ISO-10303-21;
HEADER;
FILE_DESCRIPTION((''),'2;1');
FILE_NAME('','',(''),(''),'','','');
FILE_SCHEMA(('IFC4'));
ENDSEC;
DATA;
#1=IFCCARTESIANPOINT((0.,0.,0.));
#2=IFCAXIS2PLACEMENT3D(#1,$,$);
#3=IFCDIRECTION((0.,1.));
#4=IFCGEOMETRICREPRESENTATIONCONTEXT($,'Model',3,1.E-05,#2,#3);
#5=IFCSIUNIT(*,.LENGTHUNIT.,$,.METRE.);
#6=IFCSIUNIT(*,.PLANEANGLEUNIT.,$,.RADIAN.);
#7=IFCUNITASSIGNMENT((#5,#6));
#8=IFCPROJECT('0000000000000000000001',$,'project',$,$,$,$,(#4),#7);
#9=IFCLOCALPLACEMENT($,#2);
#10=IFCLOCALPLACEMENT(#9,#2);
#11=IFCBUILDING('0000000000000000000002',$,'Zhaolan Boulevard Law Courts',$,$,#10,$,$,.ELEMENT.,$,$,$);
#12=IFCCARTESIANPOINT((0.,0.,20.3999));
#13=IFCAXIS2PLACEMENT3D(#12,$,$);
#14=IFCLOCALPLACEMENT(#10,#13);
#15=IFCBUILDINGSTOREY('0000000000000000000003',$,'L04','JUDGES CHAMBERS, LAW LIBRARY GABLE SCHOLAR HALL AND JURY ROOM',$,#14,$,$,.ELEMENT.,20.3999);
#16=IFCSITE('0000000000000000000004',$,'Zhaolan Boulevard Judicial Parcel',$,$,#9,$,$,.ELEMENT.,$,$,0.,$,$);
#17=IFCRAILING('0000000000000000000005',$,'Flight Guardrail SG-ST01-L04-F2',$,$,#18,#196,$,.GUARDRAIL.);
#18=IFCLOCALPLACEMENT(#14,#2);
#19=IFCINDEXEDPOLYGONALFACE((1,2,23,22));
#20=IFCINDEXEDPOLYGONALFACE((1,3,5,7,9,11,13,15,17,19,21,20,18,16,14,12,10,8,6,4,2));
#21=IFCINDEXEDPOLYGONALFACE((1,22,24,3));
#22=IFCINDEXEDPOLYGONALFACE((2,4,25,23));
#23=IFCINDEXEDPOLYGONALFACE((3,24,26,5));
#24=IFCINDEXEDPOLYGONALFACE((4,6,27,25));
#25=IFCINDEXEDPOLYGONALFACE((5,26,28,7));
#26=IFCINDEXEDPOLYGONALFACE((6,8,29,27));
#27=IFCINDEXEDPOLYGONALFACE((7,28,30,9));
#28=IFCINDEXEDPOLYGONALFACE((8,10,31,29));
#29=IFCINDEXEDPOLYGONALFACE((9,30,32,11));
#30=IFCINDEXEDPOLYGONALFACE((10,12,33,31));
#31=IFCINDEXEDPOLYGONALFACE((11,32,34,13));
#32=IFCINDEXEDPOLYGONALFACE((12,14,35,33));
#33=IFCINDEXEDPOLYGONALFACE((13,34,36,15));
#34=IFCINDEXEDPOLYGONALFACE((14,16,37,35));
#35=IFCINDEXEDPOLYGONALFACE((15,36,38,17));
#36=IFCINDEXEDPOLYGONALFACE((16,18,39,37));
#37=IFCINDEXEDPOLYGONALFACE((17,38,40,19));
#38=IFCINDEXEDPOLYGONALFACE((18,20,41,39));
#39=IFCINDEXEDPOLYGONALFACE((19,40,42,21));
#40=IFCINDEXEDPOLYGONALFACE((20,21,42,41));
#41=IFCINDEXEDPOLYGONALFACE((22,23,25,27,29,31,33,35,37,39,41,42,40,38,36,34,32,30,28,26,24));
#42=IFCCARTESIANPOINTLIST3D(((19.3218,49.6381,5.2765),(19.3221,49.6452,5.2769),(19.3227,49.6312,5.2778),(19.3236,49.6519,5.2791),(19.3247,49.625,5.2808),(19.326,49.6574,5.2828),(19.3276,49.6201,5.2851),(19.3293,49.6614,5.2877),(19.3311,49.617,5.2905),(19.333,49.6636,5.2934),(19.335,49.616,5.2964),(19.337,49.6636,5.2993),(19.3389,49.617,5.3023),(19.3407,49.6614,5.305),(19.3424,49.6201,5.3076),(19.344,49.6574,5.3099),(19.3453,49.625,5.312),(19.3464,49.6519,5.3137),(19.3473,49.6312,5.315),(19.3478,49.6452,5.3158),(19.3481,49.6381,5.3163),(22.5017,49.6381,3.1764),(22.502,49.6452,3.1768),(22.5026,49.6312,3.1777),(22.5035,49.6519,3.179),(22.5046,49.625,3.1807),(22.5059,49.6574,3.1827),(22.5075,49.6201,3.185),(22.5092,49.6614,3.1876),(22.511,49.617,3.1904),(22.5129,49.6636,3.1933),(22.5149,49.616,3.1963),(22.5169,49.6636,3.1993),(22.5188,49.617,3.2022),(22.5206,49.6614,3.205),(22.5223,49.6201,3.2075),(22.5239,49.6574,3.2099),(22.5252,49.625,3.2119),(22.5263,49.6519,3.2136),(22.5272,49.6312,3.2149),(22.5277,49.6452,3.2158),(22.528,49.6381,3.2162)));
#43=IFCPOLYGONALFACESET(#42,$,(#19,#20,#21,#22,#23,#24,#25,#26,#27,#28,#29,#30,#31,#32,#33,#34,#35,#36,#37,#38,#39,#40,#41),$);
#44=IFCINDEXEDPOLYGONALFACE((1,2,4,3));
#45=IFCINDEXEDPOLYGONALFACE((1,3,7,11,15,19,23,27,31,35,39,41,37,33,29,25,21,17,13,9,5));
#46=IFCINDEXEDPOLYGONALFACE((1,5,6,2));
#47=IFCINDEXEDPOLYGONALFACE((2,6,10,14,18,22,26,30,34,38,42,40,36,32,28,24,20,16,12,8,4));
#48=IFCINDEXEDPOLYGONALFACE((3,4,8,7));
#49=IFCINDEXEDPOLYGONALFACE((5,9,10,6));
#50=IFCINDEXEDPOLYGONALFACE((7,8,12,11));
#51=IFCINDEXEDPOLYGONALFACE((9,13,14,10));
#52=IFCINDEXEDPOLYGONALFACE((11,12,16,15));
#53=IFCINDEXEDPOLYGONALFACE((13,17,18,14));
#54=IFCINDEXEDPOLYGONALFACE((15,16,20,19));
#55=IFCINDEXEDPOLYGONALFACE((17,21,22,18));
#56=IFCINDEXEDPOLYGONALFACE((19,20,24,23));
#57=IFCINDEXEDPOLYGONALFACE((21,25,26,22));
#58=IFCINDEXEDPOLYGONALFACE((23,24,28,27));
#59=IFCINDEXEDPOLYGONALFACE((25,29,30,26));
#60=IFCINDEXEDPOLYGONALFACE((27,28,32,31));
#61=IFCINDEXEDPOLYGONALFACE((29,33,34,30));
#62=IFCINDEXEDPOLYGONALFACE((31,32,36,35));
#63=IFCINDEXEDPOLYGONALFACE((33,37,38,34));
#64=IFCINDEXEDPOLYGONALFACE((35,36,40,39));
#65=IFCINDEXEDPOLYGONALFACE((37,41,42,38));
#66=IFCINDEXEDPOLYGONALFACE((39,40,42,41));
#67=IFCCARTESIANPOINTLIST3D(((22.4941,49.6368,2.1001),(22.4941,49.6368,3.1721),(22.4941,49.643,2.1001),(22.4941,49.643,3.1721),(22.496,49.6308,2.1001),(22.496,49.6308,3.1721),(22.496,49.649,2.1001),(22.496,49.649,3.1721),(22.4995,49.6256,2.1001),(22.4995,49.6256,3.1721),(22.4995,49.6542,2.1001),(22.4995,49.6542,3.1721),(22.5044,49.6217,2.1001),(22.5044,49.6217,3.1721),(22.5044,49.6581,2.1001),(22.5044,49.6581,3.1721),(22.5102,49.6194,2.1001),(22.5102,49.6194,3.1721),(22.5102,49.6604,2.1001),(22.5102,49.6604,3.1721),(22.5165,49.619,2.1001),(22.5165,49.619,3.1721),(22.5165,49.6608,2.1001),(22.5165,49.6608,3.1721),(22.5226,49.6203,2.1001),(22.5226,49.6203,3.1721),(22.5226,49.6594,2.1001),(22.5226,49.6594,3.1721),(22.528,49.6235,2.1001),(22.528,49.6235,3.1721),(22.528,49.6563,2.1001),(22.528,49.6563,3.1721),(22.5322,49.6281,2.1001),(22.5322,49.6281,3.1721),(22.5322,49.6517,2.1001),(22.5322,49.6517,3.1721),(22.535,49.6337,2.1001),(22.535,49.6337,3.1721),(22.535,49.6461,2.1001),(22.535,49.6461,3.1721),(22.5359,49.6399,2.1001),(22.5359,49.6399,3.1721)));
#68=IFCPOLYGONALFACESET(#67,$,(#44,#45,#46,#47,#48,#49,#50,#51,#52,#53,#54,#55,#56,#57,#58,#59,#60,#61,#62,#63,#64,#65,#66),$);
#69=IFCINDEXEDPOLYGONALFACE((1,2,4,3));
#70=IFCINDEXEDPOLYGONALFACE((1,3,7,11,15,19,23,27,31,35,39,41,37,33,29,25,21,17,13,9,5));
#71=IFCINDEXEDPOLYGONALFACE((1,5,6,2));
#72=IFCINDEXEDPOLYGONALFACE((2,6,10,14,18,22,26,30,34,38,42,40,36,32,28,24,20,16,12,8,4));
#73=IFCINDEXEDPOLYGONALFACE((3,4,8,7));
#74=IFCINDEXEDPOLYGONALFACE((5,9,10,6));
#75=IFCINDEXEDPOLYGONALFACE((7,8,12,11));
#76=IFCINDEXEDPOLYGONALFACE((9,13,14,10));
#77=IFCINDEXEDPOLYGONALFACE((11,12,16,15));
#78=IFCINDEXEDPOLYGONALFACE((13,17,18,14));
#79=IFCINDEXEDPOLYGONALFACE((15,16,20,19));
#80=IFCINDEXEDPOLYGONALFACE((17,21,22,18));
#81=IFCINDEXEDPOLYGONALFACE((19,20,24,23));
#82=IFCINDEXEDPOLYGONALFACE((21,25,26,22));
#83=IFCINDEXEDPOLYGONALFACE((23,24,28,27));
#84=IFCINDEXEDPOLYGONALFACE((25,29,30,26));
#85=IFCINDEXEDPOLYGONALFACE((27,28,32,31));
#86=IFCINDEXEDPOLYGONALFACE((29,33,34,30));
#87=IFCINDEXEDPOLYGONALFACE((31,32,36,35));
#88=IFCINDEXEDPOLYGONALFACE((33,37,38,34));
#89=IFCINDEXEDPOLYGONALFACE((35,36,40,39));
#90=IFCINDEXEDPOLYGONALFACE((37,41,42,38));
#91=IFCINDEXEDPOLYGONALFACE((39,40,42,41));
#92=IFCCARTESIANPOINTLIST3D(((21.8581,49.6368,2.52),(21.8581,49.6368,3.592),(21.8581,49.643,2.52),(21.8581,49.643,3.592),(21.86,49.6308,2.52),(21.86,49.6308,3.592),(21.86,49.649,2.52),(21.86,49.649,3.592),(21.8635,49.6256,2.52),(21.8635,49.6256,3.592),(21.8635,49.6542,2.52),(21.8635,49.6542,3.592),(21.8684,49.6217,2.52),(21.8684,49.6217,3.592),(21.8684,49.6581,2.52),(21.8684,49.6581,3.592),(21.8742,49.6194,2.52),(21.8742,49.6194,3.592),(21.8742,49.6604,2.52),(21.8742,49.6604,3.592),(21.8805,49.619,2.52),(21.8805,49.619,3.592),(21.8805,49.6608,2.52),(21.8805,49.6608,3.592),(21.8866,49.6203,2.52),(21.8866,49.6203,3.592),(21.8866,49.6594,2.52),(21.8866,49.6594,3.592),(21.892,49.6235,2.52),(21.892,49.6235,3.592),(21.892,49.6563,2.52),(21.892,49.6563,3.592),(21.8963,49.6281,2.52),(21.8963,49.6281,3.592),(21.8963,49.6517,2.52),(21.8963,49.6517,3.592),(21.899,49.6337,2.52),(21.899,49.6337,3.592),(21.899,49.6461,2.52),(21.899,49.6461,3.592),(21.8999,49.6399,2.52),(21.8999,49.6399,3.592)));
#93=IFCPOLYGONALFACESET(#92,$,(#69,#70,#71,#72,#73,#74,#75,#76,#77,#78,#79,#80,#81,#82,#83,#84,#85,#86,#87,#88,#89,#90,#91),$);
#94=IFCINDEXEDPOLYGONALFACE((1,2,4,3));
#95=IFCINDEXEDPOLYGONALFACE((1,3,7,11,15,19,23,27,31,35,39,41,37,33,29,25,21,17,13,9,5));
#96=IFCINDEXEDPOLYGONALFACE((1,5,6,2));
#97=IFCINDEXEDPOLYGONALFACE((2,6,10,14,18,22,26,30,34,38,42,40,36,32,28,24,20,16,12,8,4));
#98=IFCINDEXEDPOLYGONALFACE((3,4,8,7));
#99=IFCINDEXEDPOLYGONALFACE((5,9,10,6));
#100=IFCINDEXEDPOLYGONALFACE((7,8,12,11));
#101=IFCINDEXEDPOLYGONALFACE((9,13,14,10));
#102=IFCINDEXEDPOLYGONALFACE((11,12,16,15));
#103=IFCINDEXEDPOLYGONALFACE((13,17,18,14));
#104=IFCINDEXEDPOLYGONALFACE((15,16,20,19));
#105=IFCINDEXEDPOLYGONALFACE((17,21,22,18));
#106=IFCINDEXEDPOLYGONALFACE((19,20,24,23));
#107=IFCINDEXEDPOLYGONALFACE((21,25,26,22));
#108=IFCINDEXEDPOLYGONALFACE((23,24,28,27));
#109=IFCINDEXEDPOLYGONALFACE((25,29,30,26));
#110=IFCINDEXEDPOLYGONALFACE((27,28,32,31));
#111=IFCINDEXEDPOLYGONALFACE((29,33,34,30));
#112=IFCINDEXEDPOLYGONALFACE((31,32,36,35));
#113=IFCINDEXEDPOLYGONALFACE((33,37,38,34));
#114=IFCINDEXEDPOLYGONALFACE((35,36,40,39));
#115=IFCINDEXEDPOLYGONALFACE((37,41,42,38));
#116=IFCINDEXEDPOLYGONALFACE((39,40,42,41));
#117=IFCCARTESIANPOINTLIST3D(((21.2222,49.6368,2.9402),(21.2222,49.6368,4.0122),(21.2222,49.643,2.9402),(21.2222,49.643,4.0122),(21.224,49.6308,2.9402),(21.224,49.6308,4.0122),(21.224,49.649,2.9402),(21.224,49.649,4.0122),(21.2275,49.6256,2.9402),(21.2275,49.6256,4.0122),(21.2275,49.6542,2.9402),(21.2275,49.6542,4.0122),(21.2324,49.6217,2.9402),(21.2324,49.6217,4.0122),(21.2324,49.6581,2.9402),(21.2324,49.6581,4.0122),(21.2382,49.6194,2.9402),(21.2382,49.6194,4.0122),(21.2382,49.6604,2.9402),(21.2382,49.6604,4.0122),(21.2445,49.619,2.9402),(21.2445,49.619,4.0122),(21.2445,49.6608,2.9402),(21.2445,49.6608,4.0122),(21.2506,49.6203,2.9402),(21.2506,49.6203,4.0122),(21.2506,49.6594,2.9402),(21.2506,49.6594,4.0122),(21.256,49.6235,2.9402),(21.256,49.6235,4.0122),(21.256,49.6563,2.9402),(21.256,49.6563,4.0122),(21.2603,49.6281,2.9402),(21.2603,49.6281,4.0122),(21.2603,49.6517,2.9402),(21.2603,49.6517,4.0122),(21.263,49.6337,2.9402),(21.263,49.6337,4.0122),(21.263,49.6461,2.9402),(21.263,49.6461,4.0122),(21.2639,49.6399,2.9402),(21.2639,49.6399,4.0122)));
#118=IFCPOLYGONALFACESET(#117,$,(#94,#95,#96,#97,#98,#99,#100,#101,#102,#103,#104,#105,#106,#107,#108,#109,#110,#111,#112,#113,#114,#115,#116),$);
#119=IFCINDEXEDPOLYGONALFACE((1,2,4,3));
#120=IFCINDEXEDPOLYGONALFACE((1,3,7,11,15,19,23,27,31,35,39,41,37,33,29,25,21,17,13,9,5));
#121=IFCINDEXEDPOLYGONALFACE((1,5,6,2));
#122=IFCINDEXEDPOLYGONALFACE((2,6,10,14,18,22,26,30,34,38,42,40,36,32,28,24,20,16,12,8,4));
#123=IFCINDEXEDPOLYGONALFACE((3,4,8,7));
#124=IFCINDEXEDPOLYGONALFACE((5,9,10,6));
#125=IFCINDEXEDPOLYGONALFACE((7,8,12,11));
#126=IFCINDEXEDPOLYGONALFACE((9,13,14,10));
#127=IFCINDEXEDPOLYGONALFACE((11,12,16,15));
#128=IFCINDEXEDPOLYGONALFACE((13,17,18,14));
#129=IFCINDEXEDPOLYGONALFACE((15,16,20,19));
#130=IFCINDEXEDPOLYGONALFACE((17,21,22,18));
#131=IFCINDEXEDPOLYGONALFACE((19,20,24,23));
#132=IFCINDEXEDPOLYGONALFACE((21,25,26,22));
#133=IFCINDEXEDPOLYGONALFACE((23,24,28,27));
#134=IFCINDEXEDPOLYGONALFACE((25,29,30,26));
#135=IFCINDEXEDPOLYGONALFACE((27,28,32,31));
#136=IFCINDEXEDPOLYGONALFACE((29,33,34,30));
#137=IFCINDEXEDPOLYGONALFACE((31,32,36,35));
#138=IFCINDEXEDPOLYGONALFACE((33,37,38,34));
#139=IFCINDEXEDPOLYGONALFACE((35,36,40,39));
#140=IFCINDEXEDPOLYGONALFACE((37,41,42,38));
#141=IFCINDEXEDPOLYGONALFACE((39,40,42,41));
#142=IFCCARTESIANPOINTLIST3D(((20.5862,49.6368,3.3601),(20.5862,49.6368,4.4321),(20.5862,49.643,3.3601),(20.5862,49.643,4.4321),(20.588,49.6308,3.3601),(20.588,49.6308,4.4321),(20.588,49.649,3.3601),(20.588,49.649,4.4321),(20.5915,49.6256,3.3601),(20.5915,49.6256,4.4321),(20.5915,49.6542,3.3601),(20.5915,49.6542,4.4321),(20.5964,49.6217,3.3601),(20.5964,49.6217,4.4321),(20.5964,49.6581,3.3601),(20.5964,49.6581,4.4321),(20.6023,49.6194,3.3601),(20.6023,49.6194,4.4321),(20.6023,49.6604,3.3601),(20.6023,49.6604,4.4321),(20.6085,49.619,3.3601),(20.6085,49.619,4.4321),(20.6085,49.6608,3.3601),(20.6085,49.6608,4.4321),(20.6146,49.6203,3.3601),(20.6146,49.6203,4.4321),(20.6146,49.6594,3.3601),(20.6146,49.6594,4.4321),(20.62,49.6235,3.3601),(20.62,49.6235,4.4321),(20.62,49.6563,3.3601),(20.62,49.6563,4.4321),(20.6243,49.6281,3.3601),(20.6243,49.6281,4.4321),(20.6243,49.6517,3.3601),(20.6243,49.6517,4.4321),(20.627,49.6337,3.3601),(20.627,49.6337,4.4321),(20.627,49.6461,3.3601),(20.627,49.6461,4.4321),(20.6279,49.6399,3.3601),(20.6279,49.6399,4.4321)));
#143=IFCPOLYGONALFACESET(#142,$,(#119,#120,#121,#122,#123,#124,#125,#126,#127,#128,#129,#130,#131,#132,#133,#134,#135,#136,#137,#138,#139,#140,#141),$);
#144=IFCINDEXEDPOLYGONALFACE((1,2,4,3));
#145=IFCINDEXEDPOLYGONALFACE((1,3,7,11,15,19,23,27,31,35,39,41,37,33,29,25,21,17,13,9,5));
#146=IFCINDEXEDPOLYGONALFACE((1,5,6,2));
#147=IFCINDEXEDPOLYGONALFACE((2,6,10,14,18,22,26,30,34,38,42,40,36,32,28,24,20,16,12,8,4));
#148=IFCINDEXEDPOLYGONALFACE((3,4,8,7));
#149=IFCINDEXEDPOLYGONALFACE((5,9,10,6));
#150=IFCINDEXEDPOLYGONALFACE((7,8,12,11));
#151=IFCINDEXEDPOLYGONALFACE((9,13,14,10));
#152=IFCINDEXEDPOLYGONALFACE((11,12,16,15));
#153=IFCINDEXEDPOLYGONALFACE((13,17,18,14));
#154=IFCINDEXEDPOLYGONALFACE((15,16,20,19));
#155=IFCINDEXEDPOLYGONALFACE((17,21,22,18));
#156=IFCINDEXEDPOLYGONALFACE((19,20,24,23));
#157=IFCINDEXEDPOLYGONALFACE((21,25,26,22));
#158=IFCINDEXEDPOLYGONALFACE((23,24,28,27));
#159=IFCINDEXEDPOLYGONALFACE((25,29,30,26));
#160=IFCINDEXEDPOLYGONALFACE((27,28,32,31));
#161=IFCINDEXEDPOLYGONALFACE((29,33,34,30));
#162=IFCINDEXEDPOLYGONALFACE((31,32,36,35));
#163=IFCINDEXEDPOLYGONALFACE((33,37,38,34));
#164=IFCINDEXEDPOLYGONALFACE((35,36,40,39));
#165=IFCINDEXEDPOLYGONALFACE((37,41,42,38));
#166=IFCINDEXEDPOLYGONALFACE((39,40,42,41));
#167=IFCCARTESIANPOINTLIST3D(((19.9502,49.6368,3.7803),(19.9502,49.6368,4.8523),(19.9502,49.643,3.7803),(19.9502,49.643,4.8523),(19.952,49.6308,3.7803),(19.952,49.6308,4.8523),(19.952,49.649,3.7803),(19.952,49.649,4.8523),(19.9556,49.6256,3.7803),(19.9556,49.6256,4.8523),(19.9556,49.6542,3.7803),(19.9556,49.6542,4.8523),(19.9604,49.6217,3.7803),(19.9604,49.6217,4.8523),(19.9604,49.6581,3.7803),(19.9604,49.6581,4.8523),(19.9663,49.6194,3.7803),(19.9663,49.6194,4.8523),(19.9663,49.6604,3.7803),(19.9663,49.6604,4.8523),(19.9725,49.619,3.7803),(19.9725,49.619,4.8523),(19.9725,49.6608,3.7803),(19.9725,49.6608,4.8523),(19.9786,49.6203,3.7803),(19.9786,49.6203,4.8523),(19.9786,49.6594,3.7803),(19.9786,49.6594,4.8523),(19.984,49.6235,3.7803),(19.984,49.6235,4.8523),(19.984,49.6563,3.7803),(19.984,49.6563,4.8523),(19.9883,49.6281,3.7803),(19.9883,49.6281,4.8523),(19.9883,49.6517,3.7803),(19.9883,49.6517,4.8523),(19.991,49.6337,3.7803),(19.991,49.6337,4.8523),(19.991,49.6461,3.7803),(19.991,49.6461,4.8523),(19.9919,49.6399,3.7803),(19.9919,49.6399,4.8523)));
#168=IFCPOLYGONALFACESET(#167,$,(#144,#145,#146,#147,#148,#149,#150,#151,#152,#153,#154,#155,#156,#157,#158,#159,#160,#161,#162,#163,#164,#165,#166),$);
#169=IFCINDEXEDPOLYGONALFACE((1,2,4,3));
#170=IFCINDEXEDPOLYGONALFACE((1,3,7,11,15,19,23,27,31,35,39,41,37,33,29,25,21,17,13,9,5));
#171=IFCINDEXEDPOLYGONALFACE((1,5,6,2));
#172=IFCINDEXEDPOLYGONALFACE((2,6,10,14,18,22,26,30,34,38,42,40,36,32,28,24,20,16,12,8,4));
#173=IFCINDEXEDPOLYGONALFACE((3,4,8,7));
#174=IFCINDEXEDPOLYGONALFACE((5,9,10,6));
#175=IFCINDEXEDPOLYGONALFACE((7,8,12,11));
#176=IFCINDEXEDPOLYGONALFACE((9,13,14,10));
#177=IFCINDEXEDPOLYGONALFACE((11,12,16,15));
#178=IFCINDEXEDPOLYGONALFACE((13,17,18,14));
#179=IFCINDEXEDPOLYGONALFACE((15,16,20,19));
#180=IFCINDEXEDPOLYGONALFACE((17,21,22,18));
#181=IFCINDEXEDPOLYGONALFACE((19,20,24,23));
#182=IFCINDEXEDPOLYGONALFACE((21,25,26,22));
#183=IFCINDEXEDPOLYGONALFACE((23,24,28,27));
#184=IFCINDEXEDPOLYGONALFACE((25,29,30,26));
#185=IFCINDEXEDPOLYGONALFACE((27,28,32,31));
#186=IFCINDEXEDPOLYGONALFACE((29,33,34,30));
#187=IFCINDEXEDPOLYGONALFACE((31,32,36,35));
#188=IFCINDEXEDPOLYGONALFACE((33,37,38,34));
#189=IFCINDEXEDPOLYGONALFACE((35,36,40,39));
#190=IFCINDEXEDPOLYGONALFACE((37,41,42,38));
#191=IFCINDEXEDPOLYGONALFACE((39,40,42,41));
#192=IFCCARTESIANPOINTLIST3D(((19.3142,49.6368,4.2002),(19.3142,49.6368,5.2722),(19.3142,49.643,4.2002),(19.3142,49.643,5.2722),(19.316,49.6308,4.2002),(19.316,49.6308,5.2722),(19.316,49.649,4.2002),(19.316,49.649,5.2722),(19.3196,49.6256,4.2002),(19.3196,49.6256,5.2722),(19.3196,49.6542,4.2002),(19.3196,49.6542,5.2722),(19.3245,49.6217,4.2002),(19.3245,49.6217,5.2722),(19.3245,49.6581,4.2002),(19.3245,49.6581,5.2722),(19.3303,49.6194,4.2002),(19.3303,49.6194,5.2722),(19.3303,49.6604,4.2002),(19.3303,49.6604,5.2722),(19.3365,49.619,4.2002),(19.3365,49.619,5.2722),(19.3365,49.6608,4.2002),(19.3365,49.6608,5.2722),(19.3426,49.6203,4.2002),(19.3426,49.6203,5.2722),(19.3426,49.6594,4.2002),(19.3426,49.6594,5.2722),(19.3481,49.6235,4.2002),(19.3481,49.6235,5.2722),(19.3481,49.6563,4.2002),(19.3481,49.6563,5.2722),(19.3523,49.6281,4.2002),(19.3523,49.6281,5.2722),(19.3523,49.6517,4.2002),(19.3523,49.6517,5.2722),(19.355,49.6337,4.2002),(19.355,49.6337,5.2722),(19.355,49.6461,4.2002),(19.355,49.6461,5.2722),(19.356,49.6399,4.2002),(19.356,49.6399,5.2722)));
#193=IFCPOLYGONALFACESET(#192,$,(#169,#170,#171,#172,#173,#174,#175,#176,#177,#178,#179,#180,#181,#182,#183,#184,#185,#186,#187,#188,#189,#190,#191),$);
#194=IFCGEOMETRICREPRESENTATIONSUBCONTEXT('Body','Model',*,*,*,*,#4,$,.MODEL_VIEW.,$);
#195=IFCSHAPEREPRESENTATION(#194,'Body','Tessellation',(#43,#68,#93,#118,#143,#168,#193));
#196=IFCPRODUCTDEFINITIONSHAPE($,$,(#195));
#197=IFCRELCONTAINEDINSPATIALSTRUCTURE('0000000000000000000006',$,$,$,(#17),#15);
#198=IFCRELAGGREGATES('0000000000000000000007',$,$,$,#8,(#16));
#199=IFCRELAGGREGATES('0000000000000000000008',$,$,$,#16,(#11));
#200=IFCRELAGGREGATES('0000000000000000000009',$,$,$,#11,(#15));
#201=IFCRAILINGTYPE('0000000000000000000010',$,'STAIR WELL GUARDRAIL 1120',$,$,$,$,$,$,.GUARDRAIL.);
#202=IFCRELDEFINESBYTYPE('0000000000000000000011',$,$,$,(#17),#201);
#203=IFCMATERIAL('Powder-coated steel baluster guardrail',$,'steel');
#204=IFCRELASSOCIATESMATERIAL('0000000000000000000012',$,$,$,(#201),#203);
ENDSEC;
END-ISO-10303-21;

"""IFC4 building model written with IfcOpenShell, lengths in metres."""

from ifc_helpers import new_model, si_unit, direction, frame, origin, origin_2d, place, context, subcontext, project, spatial, circle, extrude, material, type_object, element, save


model = new_model("IFC4")

# Units and contexts
model_context = context("Model", 3, precision=1e-05, world=origin(), true_north=direction((0.0, 1.0)))
body_context = subcontext(model_context, "Body", "Model", "MODEL_VIEW")
ifc_project = project(units=[si_unit("LENGTHUNIT", "METRE"), si_unit("PLANEANGLEUNIT", "RADIAN")], contexts=[model_context])

# Site, building, storey
site_placement = place(None, origin())
site = spatial("IfcSite", under=ifc_project, at=site_placement, Name="Zhaolan Boulevard Judicial Parcel", CompositionType="ELEMENT", RefElevation=0.0)
building_placement = place(site_placement, origin())
building = spatial("IfcBuilding", under=site, at=building_placement, Name="Zhaolan Boulevard Law Courts", CompositionType="ELEMENT")
storey_placement = place(building_placement, frame((0.0, 0.0, 20.3999)))
storey = spatial("IfcBuildingStorey", under=building, at=storey_placement, Name="L04", Description="JUDGES CHAMBERS, LAW LIBRARY GABLE SCHOLAR HALL AND JURY ROOM", CompositionType="ELEMENT", Elevation=20.3999)

# Railing
ifc_material_1 = material(Name="Powder-coated steel baluster guardrail", Category="steel")
railing_type_1 = type_object("IfcRailingType", Name="STAIR WELL GUARDRAIL 1120", PredefinedType="GUARDRAIL", material=ifc_material_1)
railing_1_placement = place(storey_placement, frame((22.5149, 49.6399, 2.1001)))
element("IfcRailing", 1, at=railing_1_placement, inside=storey, type_object=railing_type_1, Name="Flight Guardrail SG-ST01-L04-F2", PredefinedType="GUARDRAIL", context=body_context, shape_type="SweptSolid", body=[
    extrude(circle(Radius=0.0239, at=origin_2d()), frame((0.0, 0.0, 1.0962), z_axis=(-0.834447, 0.0, 0.551088), x_axis=(0.0, -1.0, 0.0)), (0.0, 0.0, 1.0), 3.8108),
    extrude(circle(Radius=0.021, at=origin_2d()), origin(), (0.0, 0.0, 1.0), 1.072),
    extrude(circle(Radius=0.021, at=origin_2d()), frame((-0.636, 0.0, 0.4199)), (0.0, 0.0, 1.0), 1.072),
    extrude(circle(Radius=0.021, at=origin_2d()), frame((-1.272, 0.0, 0.8401)), (0.0, 0.0, 1.0), 1.072),
    extrude(circle(Radius=0.021, at=origin_2d()), frame((-1.908, 0.0, 1.26)), (0.0, 0.0, 1.0), 1.072),
    extrude(circle(Radius=0.021, at=origin_2d()), frame((-2.5439, 0.0, 1.6802)), (0.0, 0.0, 1.0), 1.072),
    extrude(circle(Radius=0.021, at=origin_2d()), frame((-3.1799, 0.0, 2.1001)), (0.0, 0.0, 1.0), 1.072),
])

save(model, "model.ifc")
